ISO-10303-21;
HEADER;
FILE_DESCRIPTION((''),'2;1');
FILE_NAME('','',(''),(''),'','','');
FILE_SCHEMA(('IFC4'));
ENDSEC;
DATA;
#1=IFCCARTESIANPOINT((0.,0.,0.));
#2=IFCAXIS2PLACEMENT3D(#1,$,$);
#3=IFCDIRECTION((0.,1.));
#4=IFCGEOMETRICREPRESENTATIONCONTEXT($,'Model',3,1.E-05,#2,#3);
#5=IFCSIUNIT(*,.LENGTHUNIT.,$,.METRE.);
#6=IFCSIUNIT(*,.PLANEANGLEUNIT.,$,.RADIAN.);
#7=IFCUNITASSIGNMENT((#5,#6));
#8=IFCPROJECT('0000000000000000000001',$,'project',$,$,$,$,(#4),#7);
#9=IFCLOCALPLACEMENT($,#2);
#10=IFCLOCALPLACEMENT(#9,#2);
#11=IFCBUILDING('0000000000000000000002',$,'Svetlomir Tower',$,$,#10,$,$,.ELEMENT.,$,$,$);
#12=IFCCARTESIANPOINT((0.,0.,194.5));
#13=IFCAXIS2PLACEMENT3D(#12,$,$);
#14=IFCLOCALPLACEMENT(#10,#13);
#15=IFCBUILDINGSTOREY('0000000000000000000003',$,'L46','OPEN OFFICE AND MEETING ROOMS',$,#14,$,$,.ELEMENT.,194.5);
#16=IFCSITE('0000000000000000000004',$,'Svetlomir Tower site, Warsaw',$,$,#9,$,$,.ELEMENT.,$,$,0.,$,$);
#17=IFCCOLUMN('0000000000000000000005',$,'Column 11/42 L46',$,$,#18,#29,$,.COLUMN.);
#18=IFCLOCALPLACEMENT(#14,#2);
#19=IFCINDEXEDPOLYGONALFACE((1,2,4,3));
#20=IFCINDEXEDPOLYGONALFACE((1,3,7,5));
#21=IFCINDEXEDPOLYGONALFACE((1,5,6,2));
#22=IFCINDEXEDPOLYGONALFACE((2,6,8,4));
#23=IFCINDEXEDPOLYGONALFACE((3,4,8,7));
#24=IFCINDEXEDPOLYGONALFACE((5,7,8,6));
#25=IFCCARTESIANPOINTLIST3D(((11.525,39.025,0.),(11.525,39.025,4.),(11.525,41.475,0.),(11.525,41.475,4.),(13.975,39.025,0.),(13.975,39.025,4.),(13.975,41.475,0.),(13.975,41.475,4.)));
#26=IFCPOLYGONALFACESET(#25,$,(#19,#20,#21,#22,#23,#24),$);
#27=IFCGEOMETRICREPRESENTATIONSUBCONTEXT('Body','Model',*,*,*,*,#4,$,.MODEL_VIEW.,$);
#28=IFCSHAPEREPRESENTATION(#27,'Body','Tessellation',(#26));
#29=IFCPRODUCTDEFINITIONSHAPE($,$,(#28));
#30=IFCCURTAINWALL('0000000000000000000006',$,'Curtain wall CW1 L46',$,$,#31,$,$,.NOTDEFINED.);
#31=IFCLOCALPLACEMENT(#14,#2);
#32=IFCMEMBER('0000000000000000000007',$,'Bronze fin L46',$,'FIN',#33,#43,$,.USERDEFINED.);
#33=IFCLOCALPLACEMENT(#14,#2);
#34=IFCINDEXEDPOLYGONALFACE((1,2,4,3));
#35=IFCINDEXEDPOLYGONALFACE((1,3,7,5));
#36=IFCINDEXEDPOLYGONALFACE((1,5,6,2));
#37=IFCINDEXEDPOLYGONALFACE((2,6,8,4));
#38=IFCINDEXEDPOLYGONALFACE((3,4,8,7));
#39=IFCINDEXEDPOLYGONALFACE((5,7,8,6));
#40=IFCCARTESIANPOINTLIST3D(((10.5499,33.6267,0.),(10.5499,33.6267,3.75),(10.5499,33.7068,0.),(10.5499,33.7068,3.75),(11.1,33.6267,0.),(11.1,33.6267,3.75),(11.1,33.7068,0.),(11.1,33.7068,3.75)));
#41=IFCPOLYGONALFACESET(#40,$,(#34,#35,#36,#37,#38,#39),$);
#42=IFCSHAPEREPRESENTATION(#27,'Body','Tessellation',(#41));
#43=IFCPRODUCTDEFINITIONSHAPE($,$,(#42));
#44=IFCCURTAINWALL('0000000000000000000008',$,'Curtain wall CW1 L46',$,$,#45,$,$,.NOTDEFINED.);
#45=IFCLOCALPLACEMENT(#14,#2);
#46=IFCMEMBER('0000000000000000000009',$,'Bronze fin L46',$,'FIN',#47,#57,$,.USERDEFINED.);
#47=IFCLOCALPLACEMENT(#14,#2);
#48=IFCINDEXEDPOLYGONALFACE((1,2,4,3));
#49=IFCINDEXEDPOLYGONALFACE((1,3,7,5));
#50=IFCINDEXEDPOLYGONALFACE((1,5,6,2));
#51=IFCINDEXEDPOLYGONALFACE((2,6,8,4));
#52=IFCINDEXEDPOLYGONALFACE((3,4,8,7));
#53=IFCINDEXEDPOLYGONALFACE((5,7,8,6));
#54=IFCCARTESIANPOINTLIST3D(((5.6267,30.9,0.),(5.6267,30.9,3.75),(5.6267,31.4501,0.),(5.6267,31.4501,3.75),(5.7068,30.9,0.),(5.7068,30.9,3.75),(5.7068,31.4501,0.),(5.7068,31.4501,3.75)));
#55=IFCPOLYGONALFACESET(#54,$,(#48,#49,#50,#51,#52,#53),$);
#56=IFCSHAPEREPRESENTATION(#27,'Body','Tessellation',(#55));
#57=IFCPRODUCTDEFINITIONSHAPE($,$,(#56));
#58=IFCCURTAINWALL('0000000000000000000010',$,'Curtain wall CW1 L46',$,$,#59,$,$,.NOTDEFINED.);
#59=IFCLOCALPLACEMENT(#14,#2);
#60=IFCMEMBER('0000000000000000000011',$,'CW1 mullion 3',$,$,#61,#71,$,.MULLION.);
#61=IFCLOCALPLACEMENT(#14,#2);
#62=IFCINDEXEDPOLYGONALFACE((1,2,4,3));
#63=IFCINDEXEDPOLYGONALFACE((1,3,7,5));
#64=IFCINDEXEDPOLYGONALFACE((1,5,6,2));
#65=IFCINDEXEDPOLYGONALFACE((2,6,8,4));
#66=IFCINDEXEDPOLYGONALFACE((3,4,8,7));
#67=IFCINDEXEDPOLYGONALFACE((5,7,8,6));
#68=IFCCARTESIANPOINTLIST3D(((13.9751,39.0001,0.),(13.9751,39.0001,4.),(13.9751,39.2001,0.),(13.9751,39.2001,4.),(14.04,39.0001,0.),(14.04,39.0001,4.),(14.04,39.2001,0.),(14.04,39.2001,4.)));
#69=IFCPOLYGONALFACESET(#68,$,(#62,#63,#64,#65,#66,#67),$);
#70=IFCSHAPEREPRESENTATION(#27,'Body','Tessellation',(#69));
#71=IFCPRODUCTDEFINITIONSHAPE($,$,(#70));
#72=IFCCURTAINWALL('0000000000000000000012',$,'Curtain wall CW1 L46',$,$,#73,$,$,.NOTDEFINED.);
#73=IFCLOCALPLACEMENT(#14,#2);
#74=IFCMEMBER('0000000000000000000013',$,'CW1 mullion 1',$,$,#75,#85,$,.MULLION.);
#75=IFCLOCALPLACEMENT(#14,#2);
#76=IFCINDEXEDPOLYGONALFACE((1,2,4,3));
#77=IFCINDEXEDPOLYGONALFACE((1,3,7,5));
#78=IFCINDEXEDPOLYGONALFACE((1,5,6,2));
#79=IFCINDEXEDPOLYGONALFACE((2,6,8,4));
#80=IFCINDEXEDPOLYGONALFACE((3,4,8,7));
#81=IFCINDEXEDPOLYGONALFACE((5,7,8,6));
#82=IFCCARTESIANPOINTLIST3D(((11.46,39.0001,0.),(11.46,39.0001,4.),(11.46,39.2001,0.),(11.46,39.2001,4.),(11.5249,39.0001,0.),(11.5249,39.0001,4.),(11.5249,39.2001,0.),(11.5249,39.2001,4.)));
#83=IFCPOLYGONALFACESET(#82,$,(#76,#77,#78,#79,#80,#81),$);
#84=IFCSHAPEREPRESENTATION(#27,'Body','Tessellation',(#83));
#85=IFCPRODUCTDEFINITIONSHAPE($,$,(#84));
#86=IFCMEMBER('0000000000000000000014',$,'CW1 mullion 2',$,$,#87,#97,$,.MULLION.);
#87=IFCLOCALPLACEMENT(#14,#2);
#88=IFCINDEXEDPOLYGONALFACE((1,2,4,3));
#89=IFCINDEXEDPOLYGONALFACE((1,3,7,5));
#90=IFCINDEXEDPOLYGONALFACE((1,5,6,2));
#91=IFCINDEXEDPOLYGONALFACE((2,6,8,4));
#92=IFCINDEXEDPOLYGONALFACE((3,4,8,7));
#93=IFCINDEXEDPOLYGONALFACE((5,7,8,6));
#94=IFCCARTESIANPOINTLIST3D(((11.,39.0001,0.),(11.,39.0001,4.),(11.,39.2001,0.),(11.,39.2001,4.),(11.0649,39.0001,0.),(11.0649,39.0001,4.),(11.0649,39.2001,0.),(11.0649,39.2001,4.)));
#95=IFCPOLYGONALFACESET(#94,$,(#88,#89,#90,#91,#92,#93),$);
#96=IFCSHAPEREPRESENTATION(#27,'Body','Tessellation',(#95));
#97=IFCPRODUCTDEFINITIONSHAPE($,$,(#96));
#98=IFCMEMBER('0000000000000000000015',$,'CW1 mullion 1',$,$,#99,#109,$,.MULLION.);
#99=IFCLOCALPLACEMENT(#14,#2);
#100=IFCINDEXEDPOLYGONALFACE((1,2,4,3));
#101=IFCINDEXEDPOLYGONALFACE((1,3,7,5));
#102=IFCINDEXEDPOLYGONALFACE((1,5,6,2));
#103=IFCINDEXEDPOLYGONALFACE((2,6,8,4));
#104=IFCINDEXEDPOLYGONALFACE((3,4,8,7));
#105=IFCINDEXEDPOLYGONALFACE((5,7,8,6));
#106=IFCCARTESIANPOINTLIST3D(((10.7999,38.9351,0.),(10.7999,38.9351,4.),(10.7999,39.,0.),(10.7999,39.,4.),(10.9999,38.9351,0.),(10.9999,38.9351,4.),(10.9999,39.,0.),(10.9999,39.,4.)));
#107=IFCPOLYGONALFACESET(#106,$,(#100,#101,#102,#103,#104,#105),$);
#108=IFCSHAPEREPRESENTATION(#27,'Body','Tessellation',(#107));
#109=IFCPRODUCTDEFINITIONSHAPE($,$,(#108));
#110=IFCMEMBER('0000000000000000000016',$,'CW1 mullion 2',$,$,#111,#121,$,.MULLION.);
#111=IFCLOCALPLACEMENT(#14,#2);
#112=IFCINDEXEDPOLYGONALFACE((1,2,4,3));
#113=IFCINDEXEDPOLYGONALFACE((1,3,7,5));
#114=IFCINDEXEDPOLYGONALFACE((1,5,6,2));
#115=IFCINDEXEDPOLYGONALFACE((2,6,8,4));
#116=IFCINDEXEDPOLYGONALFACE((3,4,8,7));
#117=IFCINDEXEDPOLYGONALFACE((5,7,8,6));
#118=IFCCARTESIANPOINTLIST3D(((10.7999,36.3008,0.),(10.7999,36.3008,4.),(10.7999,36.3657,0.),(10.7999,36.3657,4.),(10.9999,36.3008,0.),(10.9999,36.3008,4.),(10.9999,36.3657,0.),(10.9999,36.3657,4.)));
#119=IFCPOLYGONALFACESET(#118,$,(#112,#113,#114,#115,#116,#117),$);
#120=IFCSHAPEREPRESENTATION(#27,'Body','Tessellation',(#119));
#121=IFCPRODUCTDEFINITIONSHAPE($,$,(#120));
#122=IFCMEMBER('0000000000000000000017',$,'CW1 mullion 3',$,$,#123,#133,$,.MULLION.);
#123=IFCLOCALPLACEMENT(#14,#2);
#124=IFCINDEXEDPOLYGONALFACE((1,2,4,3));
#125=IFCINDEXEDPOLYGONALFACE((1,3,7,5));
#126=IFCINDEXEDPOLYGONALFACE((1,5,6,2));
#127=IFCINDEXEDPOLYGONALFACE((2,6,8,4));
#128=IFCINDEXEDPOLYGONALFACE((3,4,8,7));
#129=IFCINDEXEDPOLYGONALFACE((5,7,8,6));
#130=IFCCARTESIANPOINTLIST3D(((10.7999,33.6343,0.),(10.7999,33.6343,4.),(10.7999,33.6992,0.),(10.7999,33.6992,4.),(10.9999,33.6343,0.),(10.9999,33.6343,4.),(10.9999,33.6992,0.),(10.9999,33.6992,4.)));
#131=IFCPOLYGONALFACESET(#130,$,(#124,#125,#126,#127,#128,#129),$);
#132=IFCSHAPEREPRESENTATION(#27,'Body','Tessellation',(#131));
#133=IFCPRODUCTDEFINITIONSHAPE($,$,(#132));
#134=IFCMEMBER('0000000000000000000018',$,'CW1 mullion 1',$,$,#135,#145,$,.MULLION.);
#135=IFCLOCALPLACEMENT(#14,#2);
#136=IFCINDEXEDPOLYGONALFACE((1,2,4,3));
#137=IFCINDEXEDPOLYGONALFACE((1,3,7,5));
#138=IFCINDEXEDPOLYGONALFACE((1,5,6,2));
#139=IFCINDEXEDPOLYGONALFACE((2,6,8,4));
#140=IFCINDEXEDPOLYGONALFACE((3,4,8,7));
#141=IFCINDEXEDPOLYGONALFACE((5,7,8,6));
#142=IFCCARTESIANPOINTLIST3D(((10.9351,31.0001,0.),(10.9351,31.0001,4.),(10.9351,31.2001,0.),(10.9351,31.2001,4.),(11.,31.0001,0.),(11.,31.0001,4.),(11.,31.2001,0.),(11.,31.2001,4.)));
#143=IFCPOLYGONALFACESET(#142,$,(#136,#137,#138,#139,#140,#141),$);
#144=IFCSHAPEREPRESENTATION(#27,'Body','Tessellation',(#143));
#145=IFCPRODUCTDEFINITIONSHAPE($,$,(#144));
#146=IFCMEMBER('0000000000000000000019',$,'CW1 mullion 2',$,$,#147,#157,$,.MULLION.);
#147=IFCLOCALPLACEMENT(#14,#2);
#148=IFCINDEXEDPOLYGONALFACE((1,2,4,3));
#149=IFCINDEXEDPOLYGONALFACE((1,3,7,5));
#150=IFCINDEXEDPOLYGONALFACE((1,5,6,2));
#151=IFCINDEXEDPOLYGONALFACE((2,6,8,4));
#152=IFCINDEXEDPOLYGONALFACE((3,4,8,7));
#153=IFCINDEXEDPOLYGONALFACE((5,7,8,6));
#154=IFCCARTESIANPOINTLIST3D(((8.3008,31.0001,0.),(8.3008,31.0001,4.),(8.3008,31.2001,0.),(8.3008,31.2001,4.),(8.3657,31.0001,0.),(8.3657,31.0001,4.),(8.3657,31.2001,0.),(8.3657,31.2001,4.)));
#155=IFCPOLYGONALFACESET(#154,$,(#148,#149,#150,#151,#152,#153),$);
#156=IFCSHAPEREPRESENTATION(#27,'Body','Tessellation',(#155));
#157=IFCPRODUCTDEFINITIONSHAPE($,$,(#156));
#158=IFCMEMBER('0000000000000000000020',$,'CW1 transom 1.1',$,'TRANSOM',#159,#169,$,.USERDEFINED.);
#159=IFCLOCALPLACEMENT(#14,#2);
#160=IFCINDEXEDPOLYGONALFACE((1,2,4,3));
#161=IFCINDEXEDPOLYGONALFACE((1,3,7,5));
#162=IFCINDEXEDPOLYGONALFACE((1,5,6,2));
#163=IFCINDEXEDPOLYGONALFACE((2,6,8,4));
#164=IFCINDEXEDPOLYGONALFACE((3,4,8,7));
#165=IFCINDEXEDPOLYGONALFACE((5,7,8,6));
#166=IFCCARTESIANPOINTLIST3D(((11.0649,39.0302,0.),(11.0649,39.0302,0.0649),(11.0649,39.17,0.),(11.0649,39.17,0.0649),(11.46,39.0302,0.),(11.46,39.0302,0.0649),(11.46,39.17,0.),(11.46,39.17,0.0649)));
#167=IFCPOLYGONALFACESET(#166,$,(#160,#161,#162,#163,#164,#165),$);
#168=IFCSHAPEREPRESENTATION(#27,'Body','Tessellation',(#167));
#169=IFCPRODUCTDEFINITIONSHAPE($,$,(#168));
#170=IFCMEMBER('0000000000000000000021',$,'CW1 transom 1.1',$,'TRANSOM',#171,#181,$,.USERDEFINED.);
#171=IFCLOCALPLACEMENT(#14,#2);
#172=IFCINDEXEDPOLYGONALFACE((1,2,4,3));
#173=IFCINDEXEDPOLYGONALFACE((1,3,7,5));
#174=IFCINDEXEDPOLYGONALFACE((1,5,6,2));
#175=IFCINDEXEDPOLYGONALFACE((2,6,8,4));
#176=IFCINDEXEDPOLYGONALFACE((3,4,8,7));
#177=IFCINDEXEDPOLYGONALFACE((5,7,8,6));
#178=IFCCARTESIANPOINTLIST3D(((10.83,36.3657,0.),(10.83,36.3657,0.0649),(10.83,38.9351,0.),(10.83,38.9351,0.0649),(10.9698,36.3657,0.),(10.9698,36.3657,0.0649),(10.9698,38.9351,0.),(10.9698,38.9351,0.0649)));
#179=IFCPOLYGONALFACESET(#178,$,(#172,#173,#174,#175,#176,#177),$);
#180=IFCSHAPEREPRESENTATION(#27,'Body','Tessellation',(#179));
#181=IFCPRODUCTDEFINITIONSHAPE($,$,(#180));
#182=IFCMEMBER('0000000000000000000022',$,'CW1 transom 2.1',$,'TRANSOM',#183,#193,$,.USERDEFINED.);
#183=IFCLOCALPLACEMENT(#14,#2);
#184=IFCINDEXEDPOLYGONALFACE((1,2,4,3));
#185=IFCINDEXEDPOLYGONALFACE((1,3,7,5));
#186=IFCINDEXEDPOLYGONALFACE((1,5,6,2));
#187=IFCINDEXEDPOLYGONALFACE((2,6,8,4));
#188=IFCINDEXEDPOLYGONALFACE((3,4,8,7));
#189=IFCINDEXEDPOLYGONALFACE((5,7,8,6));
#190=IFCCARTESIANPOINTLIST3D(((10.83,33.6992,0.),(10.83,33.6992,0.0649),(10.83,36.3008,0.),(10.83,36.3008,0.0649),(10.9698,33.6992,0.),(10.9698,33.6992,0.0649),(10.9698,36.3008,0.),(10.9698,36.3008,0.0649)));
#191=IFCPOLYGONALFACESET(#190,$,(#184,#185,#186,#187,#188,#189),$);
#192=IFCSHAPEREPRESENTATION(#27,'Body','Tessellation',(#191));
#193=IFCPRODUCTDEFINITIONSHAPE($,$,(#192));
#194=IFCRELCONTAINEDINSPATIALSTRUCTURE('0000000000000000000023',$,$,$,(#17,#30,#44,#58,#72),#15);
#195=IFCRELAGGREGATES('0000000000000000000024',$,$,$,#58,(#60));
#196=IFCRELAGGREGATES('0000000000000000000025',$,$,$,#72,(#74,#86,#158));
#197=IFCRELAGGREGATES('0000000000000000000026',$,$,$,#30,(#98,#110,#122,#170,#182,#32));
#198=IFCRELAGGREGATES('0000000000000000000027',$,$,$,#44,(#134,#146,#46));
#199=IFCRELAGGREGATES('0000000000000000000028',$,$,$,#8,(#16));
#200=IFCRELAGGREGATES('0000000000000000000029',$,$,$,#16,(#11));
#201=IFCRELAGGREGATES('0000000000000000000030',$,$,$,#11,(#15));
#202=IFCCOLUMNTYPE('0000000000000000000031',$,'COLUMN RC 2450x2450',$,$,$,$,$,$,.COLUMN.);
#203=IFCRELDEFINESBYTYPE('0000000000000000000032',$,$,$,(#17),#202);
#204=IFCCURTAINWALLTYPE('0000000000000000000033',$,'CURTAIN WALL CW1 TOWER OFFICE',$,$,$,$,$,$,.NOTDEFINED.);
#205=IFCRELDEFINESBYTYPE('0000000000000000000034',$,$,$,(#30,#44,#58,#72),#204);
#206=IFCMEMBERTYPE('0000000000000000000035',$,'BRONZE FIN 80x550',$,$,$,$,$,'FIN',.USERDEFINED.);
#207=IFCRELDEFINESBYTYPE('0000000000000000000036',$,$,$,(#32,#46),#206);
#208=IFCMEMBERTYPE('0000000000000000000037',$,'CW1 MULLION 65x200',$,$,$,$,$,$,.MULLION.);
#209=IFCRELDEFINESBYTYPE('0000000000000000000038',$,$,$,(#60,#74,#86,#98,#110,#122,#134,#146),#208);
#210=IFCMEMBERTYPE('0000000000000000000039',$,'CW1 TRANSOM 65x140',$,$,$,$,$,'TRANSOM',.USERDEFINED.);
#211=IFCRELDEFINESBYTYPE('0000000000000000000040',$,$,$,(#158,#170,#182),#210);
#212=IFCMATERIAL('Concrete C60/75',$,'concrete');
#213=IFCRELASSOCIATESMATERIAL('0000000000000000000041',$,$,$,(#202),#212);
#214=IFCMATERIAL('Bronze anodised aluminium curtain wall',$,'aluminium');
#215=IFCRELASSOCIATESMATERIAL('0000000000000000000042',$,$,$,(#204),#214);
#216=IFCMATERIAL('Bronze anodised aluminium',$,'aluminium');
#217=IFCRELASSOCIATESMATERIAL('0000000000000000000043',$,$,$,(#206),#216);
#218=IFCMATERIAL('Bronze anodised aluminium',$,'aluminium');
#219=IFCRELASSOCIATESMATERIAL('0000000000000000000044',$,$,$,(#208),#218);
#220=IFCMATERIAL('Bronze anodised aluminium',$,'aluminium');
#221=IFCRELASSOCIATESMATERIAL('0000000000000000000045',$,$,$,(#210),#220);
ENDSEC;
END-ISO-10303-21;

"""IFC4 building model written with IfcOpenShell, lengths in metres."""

from ifc_helpers import new_model, si_unit, direction, frame, origin, origin_2d, place, context, subcontext, project, spatial, rectangle, extrude, material, material_profile, profile_set, type_object, element, aggregate, save


model = new_model("IFC4")

# Units and contexts
model_context = context("Model", 3, precision=1e-05, world=origin(), true_north=direction((0.0, 1.0)))
body_context = subcontext(model_context, "Body", "Model", "MODEL_VIEW")
ifc_project = project(units=[si_unit("LENGTHUNIT", "METRE"), si_unit("PLANEANGLEUNIT", "RADIAN")], contexts=[model_context])

# Site, building, storey
site_placement = place(None, origin())
site = spatial("IfcSite", under=ifc_project, at=site_placement, Name="Svetlomir Tower site, Warsaw", CompositionType="ELEMENT", RefElevation=0.0)
building_placement = place(site_placement, origin())
building = spatial("IfcBuilding", under=site, at=building_placement, Name="Svetlomir Tower", CompositionType="ELEMENT")
storey_placement = place(building_placement, frame((0.0, 0.0, 194.5)))
storey = spatial("IfcBuildingStorey", under=building, at=storey_placement, Name="L46", Description="OPEN OFFICE AND MEETING ROOMS", CompositionType="ELEMENT", Elevation=194.5)

# Column
ifc_material_1 = material(Name="Concrete C60/75", Category="concrete")
ifc_material_profile_1 = material_profile(ifc_material_1, rectangle(XDim=2.45, YDim=2.45, at=origin_2d()), Name="RC 2450x2450")
ifc_profile_set_1 = profile_set([ifc_material_profile_1], Name="Concrete C60/75")
column_type = type_object("IfcColumnType", Name="COLUMN RC 2450x2450", PredefinedType="COLUMN", material=ifc_profile_set_1)
column_placement = place(storey_placement, frame((12.75, 40.25, 0.0), z_axis=(0.0, 0.0, 1.0), x_axis=(1.0, 0.0, 0.0)))
element("IfcColumn", 1, at=column_placement, inside=storey, type_object=column_type, Name="Column 11/42 L46", PredefinedType="COLUMN", context=body_context, shape_type="SweptSolid", body=[
    extrude(rectangle(XDim=2.45, YDim=2.45, at=origin_2d()), origin(), (0.0, 0.0, 1.0), 4.0),
])

# Curtain walls, members
ifc_material_2 = material(Name="Bronze anodised aluminium curtain wall", Category="aluminium")
curtain_wall_type = type_object("IfcCurtainWallType", Name="CURTAIN WALL CW1 TOWER OFFICE", PredefinedType="NOTDEFINED", material=ifc_material_2)
curtain_wall_1_placement = place(storey_placement, origin())
curtain_wall_1 = element("IfcCurtainWall", 2, at=curtain_wall_1_placement, inside=storey, type_object=curtain_wall_type, Name="Curtain wall CW1 L46", PredefinedType="NOTDEFINED")
ifc_material_3 = material(Name="Bronze anodised aluminium", Category="aluminium")
ifc_material_profile_2 = material_profile(ifc_material_3, rectangle(XDim=0.0801, YDim=0.55, at=origin_2d()), Name="FIN 80x550")
ifc_profile_set_2 = profile_set([ifc_material_profile_2], Name="Bronze anodised aluminium 6063-T6")
member_type_1 = type_object("IfcMemberType", Name="BRONZE FIN 80x550", ElementType="FIN", PredefinedType="USERDEFINED", material=ifc_profile_set_2)
member_1_placement = place(storey_placement, frame((10.825, 33.6667, 0.0), z_axis=(0.0, 0.0, 1.0), x_axis=(0.0, 1.0, 0.0)))
member_1 = element("IfcMember", 3, at=member_1_placement, type_object=member_type_1, Name="Bronze fin L46", ObjectType="FIN", PredefinedType="USERDEFINED", context=body_context, shape_type="SweptSolid", body=[
    extrude(rectangle(XDim=0.0801, YDim=0.55, at=origin_2d()), origin(), (0.0, 0.0, 1.0), 3.75),
])
curtain_wall_2_placement = place(storey_placement, origin())
curtain_wall_2 = element("IfcCurtainWall", 4, at=curtain_wall_2_placement, inside=storey, type_object=curtain_wall_type, Name="Curtain wall CW1 L46", PredefinedType="NOTDEFINED")
member_2_placement = place(storey_placement, frame((5.6667, 31.175, 0.0), z_axis=(0.0, 0.0, 1.0), x_axis=(1.0, 0.0, 0.0)))
member_2 = element("IfcMember", 5, at=member_2_placement, type_object=member_type_1, Name="Bronze fin L46", ObjectType="FIN", PredefinedType="USERDEFINED", context=body_context, shape_type="SweptSolid", body=[
    extrude(rectangle(XDim=0.0801, YDim=0.55, at=origin_2d()), origin(), (0.0, 0.0, 1.0), 3.75),
])
curtain_wall_3_placement = place(storey_placement, origin())
curtain_wall_3 = element("IfcCurtainWall", 6, at=curtain_wall_3_placement, inside=storey, type_object=curtain_wall_type, Name="Curtain wall CW1 L46", PredefinedType="NOTDEFINED")
ifc_material_4 = material(Name="Bronze anodised aluminium", Category="aluminium")
ifc_material_profile_3 = material_profile(ifc_material_4, rectangle(XDim=0.0649, YDim=0.2, at=origin_2d()), Name="AL 65x200")
ifc_profile_set_3 = profile_set([ifc_material_profile_3], Name="Bronze anodised aluminium 6063-T6")
member_type_2 = type_object("IfcMemberType", Name="CW1 MULLION 65x200", PredefinedType="MULLION", material=ifc_profile_set_3)
member_3_placement = place(storey_placement, frame((14.0076, 39.1001, 0.0), z_axis=(0.0, 0.0, 1.0), x_axis=(-1.0, 0.0, 0.0)))
member_3 = element("IfcMember", 7, at=member_3_placement, type_object=member_type_2, Name="CW1 mullion 3", PredefinedType="MULLION", context=body_context, shape_type="SweptSolid", body=[
    extrude(rectangle(XDim=0.0649, YDim=0.2, at=origin_2d()), origin(), (0.0, 0.0, 1.0), 4.0),
])
aggregate(curtain_wall_3, [member_3])

# Curtain wall, members
curtain_wall_4_placement = place(storey_placement, origin())
curtain_wall_4 = element("IfcCurtainWall", 8, at=curtain_wall_4_placement, inside=storey, type_object=curtain_wall_type, Name="Curtain wall CW1 L46", PredefinedType="NOTDEFINED")
member_4_placement = place(storey_placement, frame((11.4924, 39.1001, 0.0), z_axis=(0.0, 0.0, 1.0), x_axis=(-1.0, 0.0, 0.0)))
member_4 = element("IfcMember", 9, at=member_4_placement, type_object=member_type_2, Name="CW1 mullion 1", PredefinedType="MULLION", context=body_context, shape_type="SweptSolid", body=[
    extrude(rectangle(XDim=0.0649, YDim=0.2, at=origin_2d()), origin(), (0.0, 0.0, 1.0), 4.0),
])
member_5_placement = place(storey_placement, frame((11.0325, 39.1001, 0.0), z_axis=(0.0, 0.0, 1.0), x_axis=(-1.0, 0.0, 0.0)))
member_5 = element("IfcMember", 10, at=member_5_placement, type_object=member_type_2, Name="CW1 mullion 2", PredefinedType="MULLION", context=body_context, shape_type="SweptSolid", body=[
    extrude(rectangle(XDim=0.0649, YDim=0.2, at=origin_2d()), origin(), (0.0, 0.0, 1.0), 4.0),
])

# Members
member_6_placement = place(storey_placement, frame((10.8999, 38.9675, 0.0), z_axis=(0.0, 0.0, 1.0), x_axis=(0.0, -1.0, 0.0)))
member_6 = element("IfcMember", 11, at=member_6_placement, type_object=member_type_2, Name="CW1 mullion 1", PredefinedType="MULLION", context=body_context, shape_type="SweptSolid", body=[
    extrude(rectangle(XDim=0.0649, YDim=0.2, at=origin_2d()), origin(), (0.0, 0.0, 1.0), 4.0),
])
member_7_placement = place(storey_placement, frame((10.8999, 36.3333, 0.0), z_axis=(0.0, 0.0, 1.0), x_axis=(0.0, -1.0, 0.0)))
member_7 = element("IfcMember", 12, at=member_7_placement, type_object=member_type_2, Name="CW1 mullion 2", PredefinedType="MULLION", context=body_context, shape_type="SweptSolid", body=[
    extrude(rectangle(XDim=0.0649, YDim=0.2, at=origin_2d()), origin(), (0.0, 0.0, 1.0), 4.0),
])
member_8_placement = place(storey_placement, frame((10.8999, 33.6667, 0.0), z_axis=(0.0, 0.0, 1.0), x_axis=(0.0, -1.0, 0.0)))
member_8 = element("IfcMember", 13, at=member_8_placement, type_object=member_type_2, Name="CW1 mullion 3", PredefinedType="MULLION", context=body_context, shape_type="SweptSolid", body=[
    extrude(rectangle(XDim=0.0649, YDim=0.2, at=origin_2d()), origin(), (0.0, 0.0, 1.0), 4.0),
])
member_9_placement = place(storey_placement, frame((10.9675, 31.1001, 0.0), z_axis=(0.0, 0.0, 1.0), x_axis=(-1.0, 0.0, 0.0)))
member_9 = element("IfcMember", 14, at=member_9_placement, type_object=member_type_2, Name="CW1 mullion 1", PredefinedType="MULLION", context=body_context, shape_type="SweptSolid", body=[
    extrude(rectangle(XDim=0.0649, YDim=0.2, at=origin_2d()), origin(), (0.0, 0.0, 1.0), 4.0),
])
member_10_placement = place(storey_placement, frame((8.3333, 31.1001, 0.0), z_axis=(0.0, 0.0, 1.0), x_axis=(-1.0, 0.0, 0.0)))
member_10 = element("IfcMember", 15, at=member_10_placement, type_object=member_type_2, Name="CW1 mullion 2", PredefinedType="MULLION", context=body_context, shape_type="SweptSolid", body=[
    extrude(rectangle(XDim=0.0649, YDim=0.2, at=origin_2d()), origin(), (0.0, 0.0, 1.0), 4.0),
])
ifc_material_5 = material(Name="Bronze anodised aluminium", Category="aluminium")
ifc_material_profile_4 = material_profile(ifc_material_5, rectangle(XDim=0.1399, YDim=0.0649, at=origin_2d()), Name="AL 140x65")
ifc_profile_set_4 = profile_set([ifc_material_profile_4], Name="Bronze anodised aluminium 6063-T6")
member_type_3 = type_object("IfcMemberType", Name="CW1 TRANSOM 65x140", ElementType="TRANSOM", PredefinedType="USERDEFINED", material=ifc_profile_set_4)
member_11_placement = place(storey_placement, frame((11.46, 39.1001, 0.0325), z_axis=(-1.0, 0.0, 0.0), x_axis=(0.0, -1.0, 0.0)))
member_11 = element("IfcMember", 16, at=member_11_placement, type_object=member_type_3, Name="CW1 transom 1.1", ObjectType="TRANSOM", PredefinedType="USERDEFINED", context=body_context, shape_type="SweptSolid", body=[
    extrude(rectangle(XDim=0.1399, YDim=0.0649, at=origin_2d()), origin(), (0.0, 0.0, 1.0), 0.395),
])
member_12_placement = place(storey_placement, frame((10.8999, 38.9351, 0.0325), z_axis=(0.0, -1.0, 0.0), x_axis=(1.0, 0.0, 0.0)))
member_12 = element("IfcMember", 17, at=member_12_placement, type_object=member_type_3, Name="CW1 transom 1.1", ObjectType="TRANSOM", PredefinedType="USERDEFINED", context=body_context, shape_type="SweptSolid", body=[
    extrude(rectangle(XDim=0.1399, YDim=0.0649, at=origin_2d()), origin(), (0.0, 0.0, 1.0), 2.5693),
])
member_13_placement = place(storey_placement, frame((10.8999, 36.3008, 0.0325), z_axis=(0.0, -1.0, 0.0), x_axis=(1.0, 0.0, 0.0)))
member_13 = element("IfcMember", 18, at=member_13_placement, type_object=member_type_3, Name="CW1 transom 2.1", ObjectType="TRANSOM", PredefinedType="USERDEFINED", context=body_context, shape_type="SweptSolid", body=[
    extrude(rectangle(XDim=0.1399, YDim=0.0649, at=origin_2d()), origin(), (0.0, 0.0, 1.0), 2.6016),
])

aggregate(curtain_wall_4, [member_4, member_5, member_11])
aggregate(curtain_wall_1, [member_6, member_7, member_8, member_12, member_13, member_1])
aggregate(curtain_wall_2, [member_9, member_10, member_2])

save(model, "model.ifc")
